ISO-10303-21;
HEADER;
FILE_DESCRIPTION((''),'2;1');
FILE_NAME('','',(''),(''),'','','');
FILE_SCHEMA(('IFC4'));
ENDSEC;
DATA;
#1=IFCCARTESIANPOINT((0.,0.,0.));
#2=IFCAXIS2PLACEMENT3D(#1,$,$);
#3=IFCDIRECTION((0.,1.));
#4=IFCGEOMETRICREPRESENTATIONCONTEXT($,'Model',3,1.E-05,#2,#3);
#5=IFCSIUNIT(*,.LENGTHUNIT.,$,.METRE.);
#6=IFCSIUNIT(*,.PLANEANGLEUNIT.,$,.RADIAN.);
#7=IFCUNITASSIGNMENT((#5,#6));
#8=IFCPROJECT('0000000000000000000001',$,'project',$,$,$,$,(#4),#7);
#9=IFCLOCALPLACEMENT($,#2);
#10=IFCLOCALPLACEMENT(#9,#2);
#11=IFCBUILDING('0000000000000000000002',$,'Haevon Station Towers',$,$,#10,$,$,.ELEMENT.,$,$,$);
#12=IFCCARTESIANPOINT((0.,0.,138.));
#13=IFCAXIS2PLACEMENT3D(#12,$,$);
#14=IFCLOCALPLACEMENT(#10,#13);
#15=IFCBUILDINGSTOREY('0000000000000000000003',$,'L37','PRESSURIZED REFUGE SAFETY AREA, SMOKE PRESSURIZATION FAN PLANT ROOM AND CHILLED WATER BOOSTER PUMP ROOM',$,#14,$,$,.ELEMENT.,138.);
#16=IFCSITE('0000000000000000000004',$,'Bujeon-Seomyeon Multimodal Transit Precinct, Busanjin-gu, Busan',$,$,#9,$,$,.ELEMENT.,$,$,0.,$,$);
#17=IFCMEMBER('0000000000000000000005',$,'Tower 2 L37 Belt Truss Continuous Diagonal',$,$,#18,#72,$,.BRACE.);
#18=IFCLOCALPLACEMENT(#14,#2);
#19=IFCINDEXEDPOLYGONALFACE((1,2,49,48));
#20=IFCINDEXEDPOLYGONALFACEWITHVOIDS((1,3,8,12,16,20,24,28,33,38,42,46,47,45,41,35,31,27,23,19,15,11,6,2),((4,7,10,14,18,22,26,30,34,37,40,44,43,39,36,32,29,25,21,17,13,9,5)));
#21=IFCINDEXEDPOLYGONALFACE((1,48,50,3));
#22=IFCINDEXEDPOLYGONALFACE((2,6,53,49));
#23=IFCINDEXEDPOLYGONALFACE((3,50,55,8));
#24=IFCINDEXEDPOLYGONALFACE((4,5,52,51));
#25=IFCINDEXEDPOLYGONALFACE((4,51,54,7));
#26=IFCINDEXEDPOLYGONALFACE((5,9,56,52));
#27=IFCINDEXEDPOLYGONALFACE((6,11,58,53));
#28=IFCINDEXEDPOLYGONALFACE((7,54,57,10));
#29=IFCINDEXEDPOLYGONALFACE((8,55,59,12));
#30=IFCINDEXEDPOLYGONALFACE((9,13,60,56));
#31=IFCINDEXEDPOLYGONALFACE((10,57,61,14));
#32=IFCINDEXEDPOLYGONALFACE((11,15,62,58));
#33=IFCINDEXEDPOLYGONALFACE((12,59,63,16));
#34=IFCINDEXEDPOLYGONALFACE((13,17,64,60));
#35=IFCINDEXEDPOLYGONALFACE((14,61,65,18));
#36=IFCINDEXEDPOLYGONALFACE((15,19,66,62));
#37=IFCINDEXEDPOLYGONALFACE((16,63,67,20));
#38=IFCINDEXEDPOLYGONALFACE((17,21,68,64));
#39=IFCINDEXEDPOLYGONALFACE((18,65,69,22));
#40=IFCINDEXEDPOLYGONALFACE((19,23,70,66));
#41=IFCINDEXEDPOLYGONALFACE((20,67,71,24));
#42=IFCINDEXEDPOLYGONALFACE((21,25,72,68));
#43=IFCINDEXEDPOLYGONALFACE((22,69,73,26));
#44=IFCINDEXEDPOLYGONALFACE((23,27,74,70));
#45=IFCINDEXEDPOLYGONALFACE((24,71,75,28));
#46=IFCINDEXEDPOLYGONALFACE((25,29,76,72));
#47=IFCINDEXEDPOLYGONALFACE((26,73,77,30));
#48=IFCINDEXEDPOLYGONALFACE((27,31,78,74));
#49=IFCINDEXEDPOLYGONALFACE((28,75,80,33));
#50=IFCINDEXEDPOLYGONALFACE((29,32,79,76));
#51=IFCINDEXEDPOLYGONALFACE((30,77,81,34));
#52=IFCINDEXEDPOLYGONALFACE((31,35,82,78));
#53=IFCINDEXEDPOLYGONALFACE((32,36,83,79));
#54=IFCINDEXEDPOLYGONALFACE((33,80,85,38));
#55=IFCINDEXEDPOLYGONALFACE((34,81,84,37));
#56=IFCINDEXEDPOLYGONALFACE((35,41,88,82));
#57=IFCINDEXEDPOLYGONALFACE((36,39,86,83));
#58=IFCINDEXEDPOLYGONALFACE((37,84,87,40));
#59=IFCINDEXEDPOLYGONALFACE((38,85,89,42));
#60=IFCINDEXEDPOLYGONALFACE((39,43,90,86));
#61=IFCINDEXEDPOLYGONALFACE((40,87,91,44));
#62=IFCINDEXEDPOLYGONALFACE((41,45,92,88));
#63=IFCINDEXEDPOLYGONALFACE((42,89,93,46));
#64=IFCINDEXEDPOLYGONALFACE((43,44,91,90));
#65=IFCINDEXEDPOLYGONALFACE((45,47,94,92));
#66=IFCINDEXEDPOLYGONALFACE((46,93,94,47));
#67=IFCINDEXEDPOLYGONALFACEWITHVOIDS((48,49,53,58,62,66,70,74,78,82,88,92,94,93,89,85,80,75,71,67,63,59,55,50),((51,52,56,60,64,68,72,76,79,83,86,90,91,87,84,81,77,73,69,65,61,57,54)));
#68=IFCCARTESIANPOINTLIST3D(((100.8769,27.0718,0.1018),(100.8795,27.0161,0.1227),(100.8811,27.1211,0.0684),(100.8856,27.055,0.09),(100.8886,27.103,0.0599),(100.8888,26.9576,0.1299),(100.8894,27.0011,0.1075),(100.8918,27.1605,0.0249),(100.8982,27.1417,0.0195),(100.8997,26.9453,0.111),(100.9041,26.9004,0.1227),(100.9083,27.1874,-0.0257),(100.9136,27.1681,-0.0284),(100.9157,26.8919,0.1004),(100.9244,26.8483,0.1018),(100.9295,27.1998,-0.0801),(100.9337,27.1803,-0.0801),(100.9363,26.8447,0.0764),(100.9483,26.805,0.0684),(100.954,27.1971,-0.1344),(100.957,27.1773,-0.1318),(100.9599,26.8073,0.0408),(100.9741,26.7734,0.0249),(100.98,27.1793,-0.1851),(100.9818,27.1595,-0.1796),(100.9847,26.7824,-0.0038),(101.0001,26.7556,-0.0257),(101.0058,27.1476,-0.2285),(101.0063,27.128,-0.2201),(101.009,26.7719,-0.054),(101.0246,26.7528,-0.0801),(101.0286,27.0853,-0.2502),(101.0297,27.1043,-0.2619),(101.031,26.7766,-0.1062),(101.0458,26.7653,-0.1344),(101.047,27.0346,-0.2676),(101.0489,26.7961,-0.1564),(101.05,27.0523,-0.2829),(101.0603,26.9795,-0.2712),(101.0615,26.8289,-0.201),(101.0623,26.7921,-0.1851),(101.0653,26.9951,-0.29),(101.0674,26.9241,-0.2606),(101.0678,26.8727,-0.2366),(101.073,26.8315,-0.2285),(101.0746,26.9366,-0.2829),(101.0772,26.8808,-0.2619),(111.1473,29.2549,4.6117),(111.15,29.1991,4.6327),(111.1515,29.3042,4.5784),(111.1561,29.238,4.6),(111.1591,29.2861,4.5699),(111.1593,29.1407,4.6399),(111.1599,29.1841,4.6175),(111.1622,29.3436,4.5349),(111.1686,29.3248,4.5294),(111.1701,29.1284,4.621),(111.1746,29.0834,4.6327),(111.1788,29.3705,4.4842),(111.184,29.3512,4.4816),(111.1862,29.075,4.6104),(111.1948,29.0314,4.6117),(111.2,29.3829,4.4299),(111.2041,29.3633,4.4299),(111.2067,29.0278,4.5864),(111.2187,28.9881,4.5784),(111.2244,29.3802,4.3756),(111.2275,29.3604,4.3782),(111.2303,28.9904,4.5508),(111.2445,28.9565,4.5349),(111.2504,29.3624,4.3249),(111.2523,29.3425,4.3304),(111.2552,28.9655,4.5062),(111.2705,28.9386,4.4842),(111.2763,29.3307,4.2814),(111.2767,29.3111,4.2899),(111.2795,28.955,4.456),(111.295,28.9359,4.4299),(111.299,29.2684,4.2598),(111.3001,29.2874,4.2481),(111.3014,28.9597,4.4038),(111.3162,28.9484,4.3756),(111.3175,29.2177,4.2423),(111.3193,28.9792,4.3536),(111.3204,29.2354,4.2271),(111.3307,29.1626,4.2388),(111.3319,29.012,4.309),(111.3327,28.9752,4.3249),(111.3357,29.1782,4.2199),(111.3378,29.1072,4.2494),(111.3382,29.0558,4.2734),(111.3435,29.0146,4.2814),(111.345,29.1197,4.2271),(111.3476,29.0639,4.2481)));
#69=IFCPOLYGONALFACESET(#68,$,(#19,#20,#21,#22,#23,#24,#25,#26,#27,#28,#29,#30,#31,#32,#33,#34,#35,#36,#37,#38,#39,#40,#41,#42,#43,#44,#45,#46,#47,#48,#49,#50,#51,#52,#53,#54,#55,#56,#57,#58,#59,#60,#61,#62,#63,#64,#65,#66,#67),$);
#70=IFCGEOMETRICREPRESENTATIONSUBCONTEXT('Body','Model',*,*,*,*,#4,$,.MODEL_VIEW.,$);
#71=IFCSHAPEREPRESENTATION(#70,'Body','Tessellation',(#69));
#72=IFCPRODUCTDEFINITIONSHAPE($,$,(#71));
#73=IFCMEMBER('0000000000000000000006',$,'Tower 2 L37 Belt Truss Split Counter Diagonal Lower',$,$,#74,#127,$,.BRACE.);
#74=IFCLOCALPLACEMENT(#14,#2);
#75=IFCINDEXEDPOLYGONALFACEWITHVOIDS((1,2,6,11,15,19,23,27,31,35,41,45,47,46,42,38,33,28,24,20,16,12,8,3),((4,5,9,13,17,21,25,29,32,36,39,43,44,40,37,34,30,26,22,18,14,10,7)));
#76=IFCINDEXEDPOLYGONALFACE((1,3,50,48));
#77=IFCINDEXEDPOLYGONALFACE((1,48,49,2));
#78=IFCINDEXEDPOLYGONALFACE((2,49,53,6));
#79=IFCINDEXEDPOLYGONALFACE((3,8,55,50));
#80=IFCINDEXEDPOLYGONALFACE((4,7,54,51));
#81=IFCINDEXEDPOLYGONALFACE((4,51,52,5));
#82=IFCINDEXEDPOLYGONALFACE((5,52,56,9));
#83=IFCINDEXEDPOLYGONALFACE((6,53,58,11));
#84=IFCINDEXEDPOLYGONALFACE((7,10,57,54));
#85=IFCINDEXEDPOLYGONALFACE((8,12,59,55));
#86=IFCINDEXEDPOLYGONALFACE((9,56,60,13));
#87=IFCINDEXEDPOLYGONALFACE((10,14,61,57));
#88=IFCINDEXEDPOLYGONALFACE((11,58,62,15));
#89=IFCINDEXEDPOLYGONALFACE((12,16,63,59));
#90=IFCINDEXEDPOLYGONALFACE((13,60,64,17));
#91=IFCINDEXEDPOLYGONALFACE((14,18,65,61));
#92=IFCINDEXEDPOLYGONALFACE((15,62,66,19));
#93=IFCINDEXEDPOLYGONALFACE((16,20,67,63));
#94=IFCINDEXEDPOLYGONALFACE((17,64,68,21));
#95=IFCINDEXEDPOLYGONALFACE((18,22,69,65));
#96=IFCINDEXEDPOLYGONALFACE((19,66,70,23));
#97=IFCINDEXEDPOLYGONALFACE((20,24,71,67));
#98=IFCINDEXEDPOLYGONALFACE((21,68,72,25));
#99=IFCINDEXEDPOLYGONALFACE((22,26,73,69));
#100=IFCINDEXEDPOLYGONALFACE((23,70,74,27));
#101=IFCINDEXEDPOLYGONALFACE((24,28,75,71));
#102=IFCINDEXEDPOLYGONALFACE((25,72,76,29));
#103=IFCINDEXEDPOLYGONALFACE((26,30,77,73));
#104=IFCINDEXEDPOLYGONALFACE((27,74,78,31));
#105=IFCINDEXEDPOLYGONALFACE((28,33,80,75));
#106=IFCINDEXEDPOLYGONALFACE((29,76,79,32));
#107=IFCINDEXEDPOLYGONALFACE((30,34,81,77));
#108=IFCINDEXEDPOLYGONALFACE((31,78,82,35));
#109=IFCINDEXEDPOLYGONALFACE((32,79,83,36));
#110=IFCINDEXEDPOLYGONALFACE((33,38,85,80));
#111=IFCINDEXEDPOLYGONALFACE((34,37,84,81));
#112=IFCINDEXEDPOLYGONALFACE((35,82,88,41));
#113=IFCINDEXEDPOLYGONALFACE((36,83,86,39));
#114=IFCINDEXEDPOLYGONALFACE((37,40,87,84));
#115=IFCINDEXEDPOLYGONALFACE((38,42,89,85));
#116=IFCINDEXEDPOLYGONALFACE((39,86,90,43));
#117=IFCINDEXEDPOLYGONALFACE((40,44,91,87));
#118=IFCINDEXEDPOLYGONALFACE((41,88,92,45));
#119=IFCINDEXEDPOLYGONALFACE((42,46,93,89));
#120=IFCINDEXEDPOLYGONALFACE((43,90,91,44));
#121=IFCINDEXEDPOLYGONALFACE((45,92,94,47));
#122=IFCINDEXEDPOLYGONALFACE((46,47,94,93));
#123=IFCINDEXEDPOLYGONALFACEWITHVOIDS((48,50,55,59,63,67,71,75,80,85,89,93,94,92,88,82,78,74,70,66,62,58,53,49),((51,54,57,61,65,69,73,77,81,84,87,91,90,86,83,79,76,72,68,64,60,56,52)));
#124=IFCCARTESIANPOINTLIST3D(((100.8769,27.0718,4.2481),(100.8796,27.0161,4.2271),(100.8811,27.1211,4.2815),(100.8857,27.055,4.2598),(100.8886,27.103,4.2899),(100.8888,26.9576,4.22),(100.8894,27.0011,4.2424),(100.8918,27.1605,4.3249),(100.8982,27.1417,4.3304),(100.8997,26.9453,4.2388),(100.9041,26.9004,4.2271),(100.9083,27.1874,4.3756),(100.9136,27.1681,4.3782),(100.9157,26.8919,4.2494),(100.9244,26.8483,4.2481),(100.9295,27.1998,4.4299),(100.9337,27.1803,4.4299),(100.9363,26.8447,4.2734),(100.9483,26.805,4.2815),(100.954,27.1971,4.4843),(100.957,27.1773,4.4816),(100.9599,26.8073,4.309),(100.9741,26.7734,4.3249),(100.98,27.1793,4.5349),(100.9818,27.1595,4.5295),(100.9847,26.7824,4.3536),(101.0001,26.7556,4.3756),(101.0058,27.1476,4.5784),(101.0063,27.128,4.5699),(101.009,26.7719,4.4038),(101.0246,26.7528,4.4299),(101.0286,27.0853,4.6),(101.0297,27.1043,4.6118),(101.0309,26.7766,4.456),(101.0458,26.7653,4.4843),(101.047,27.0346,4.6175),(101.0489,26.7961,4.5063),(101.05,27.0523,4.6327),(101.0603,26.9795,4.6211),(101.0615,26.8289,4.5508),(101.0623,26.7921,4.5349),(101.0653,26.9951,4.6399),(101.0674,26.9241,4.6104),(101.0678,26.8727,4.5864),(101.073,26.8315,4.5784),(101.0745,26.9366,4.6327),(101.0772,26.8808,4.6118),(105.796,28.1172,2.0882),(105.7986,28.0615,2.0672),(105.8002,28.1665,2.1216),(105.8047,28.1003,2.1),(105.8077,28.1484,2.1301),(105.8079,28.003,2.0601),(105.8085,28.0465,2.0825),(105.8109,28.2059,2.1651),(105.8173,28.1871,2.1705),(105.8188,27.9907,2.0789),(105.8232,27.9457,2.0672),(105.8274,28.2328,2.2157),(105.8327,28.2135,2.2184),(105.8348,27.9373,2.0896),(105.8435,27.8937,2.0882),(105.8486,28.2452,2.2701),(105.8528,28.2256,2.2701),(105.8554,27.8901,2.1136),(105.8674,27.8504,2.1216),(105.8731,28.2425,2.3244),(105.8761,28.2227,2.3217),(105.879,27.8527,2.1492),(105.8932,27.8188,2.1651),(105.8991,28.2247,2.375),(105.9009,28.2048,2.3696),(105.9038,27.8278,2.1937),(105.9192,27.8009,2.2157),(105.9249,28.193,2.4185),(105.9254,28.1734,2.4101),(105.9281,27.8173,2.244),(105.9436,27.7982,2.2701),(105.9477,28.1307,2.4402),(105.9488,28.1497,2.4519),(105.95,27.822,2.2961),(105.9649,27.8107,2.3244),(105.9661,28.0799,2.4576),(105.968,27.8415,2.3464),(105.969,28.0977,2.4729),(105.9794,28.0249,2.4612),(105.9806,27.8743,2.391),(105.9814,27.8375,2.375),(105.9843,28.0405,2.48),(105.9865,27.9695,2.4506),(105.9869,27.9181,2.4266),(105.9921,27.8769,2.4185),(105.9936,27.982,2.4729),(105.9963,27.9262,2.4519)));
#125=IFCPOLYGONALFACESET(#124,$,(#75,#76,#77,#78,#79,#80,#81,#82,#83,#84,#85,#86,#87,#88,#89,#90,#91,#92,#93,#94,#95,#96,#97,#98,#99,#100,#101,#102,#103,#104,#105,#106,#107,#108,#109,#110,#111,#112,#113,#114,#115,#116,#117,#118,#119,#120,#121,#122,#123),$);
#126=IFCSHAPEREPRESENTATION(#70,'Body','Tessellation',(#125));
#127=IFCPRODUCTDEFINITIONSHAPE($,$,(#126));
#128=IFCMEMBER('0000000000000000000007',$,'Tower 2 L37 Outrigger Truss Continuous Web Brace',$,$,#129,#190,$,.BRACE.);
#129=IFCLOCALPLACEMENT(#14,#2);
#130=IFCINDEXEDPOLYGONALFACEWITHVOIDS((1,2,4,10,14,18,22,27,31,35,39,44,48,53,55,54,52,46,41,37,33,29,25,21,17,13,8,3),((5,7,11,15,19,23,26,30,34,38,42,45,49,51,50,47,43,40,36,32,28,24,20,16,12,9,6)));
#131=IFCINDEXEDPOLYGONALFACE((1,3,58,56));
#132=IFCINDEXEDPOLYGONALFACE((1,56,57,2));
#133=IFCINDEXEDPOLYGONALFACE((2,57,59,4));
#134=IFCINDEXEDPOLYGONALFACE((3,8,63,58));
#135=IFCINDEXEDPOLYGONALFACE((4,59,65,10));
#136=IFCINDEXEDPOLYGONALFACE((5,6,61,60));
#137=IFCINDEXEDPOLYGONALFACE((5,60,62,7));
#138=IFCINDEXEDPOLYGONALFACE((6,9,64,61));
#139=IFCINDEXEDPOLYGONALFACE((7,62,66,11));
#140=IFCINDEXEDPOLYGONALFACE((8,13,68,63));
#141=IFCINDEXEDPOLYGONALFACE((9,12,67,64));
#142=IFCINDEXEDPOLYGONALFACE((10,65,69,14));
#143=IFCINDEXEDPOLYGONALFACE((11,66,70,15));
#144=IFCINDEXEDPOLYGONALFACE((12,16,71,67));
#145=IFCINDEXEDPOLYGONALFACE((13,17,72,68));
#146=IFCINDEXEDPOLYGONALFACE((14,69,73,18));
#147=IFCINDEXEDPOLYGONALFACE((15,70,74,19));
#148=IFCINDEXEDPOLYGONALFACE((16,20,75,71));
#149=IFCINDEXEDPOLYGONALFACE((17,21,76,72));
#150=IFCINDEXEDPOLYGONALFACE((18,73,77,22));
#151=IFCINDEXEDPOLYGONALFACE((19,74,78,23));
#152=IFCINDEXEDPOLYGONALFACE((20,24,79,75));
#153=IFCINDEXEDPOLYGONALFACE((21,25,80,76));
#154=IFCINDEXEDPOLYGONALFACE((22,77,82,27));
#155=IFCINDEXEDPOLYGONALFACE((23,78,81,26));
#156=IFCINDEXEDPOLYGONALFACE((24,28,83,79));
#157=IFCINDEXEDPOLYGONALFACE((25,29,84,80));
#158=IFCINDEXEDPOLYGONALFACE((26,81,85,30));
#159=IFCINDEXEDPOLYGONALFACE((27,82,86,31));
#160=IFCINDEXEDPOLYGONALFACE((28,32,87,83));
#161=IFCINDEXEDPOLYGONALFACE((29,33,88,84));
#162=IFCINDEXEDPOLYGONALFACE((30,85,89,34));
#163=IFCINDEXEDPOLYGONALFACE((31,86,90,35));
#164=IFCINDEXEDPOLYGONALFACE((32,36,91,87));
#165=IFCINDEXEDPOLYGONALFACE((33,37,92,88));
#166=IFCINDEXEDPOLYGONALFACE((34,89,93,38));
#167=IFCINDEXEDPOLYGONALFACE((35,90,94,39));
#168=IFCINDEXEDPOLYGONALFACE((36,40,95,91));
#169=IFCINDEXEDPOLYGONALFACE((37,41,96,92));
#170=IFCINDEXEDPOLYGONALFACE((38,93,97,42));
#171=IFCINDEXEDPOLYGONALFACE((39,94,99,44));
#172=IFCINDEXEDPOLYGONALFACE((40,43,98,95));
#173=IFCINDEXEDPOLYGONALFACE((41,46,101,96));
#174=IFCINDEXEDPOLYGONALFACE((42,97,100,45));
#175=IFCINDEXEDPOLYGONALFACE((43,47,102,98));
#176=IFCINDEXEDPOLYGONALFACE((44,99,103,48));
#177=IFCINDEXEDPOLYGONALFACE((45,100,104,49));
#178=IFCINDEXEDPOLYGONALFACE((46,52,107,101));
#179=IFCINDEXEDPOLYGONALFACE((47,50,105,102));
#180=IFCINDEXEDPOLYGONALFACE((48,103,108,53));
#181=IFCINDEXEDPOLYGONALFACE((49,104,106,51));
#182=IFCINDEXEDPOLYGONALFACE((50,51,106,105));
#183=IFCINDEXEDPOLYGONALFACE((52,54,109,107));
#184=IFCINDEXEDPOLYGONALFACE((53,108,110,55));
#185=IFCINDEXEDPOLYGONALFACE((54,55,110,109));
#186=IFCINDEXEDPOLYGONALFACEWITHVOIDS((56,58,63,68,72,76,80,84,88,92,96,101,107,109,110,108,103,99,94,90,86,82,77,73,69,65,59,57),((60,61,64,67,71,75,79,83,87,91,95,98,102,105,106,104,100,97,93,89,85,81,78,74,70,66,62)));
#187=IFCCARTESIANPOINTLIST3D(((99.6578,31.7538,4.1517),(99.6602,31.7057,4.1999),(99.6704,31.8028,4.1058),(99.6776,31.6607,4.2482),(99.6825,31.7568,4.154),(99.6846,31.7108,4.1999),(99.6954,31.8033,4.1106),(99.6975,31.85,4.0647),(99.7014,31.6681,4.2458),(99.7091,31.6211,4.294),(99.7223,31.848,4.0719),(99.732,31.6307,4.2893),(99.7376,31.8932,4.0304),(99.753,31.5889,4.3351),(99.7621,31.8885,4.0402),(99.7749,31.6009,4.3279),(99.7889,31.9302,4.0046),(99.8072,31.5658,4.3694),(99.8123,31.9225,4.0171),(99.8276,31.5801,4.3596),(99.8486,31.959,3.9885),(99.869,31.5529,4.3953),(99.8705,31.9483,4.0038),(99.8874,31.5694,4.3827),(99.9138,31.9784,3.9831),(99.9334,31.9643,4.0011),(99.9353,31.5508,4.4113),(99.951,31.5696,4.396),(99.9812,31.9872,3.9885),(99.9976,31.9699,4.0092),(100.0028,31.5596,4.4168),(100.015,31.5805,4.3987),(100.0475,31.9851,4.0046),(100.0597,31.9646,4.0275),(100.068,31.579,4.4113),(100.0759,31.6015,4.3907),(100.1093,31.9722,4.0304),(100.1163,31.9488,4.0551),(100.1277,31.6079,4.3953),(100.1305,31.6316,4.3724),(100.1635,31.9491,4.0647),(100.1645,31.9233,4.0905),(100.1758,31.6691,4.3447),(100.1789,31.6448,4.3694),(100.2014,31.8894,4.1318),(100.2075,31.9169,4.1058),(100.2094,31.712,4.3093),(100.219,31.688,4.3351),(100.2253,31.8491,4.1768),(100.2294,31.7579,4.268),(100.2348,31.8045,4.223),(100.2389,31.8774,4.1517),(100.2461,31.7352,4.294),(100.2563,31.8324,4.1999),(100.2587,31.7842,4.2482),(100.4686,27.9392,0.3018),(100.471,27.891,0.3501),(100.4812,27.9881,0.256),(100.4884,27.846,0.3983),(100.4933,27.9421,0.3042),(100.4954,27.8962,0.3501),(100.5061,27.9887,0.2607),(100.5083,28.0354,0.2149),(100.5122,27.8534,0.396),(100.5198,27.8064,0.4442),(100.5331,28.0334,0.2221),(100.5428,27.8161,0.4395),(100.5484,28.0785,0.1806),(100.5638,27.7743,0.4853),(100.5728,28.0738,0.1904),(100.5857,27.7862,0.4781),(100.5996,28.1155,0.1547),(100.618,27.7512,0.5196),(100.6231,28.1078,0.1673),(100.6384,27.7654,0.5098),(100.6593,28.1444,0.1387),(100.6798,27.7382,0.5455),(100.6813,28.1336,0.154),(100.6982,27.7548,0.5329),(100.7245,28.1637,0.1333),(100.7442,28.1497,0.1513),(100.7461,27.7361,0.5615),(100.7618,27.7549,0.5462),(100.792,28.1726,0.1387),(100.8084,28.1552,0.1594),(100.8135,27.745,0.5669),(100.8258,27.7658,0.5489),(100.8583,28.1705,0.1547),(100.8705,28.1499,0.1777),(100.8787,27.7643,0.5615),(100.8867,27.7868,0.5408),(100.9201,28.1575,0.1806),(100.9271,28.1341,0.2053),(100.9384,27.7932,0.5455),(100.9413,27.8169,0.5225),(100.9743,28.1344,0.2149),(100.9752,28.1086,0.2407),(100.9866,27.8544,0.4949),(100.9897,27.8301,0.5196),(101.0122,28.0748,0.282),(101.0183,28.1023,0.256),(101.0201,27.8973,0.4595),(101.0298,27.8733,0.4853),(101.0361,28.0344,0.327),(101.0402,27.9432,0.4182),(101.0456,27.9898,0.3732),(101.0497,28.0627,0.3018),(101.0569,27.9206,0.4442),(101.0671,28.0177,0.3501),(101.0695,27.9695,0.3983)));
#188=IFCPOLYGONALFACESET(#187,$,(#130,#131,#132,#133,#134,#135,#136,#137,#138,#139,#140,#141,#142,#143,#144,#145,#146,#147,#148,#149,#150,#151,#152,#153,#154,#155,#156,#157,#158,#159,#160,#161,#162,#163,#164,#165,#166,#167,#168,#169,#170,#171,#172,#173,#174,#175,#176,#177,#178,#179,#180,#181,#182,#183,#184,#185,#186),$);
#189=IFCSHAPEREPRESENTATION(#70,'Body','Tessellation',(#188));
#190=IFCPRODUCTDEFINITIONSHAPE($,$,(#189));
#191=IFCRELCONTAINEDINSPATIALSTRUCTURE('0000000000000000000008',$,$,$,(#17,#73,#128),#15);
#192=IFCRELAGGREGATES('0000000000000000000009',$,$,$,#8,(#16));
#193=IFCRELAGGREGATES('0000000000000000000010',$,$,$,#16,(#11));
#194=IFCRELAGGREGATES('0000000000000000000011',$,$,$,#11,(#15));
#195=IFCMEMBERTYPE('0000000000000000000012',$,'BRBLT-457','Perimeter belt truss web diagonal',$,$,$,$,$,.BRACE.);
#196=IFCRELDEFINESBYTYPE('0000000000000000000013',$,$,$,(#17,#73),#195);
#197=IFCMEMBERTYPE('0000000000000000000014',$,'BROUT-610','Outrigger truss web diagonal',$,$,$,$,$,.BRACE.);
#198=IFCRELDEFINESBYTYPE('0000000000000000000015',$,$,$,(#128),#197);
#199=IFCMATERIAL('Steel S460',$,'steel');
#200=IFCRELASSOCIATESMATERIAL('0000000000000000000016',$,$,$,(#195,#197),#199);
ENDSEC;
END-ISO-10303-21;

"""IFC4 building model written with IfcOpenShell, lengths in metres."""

from ifc_helpers import new_model, si_unit, direction, frame, origin, origin_2d, place, context, subcontext, project, spatial, hollow_circle, extrude, material, material_profile, profile_set, type_object, element, save


model = new_model("IFC4")

# Units and contexts
model_context = context("Model", 3, precision=1e-05, world=origin(), true_north=direction((0.0, 1.0)))
body_context = subcontext(model_context, "Body", "Model", "MODEL_VIEW")
ifc_project = project(units=[si_unit("LENGTHUNIT", "METRE"), si_unit("PLANEANGLEUNIT", "RADIAN")], contexts=[model_context])

# Site, building, storey
site_placement = place(None, origin())
site = spatial("IfcSite", under=ifc_project, at=site_placement, Name="Bujeon-Seomyeon Multimodal Transit Precinct, Busanjin-gu, Busan", CompositionType="ELEMENT", RefElevation=0.0)
building_placement = place(site_placement, origin())
building = spatial("IfcBuilding", under=site, at=building_placement, Name="Haevon Station Towers", CompositionType="ELEMENT")
storey_placement = place(building_placement, frame((0.0, 0.0, 138.0)))
storey = spatial("IfcBuildingStorey", under=building, at=storey_placement, Name="L37", Description="PRESSURIZED REFUGE SAFETY AREA, SMOKE PRESSURIZATION FAN PLANT ROOM AND CHILLED WATER BOOSTER PUMP ROOM", CompositionType="ELEMENT", Elevation=138.0)

# Shared definitions
ifc_material_1 = material(Name="Steel S460", Category="steel")

# Members
ifc_material_profile_1 = material_profile(ifc_material_1, hollow_circle(Radius=0.2285, WallThickness=0.02, at=origin_2d()), Name="CHS-457x20")
ifc_profile_set_1 = profile_set([ifc_material_profile_1], Name="Steel S460")
member_type_1 = type_object("IfcMemberType", Name="BRBLT-457", Description="Perimeter belt truss web diagonal", PredefinedType="BRACE", material=ifc_profile_set_1)
member_1_placement = place(storey_placement, frame((100.9771, 26.9763, -0.0801), z_axis=(0.898748, 0.191038, 0.39466), x_axis=(-0.207915, 0.978147, 0.0)))
element("IfcMember", 1, at=member_1_placement, inside=storey, type_object=member_type_1, Name="Tower 2 L37 Belt Truss Continuous Diagonal", PredefinedType="BRACE", context=body_context, shape_type="SweptSolid", body=[
    extrude(hollow_circle(Radius=0.2285, WallThickness=0.02, at=origin_2d()), origin(), (0.0, 0.0, 1.0), 11.4275),
])
member_2_placement = place(storey_placement, frame((100.9771, 26.9763, 4.4299), z_axis=(0.898768, 0.191003, -0.39463), x_axis=(-0.207874, 0.978156, 0.0)))
element("IfcMember", 2, at=member_2_placement, inside=storey, type_object=member_type_1, Name="Tower 2 L37 Belt Truss Split Counter Diagonal Lower", PredefinedType="BRACE", context=body_context, shape_type="SweptSolid", body=[
    extrude(hollow_circle(Radius=0.2285, WallThickness=0.02, at=origin_2d()), origin(), (0.0, 0.0, 1.0), 5.4731),
])
ifc_material_profile_2 = material_profile(ifc_material_1, hollow_circle(Radius=0.3047, WallThickness=0.0249, at=origin_2d()), Name="CHS-609.6x25")
ifc_profile_set_2 = profile_set([ifc_material_profile_2], Name="Steel S460")
member_type_2 = type_object("IfcMemberType", Name="BROUT-610", Description="Outrigger truss web diagonal", PredefinedType="BRACE", material=ifc_profile_set_2)
member_3_placement = place(storey_placement, frame((100.769, 27.9543, 0.3501), z_axis=(-0.147954, 0.69611, 0.702525), x_axis=(-0.97815, -0.2079, 0.0)))
element("IfcMember", 3, at=member_3_placement, inside=storey, type_object=member_type_2, Name="Tower 2 L37 Outrigger Truss Continuous Web Brace", PredefinedType="BRACE", context=body_context, shape_type="SweptSolid", body=[
    extrude(hollow_circle(Radius=0.3047, WallThickness=0.0249, at=origin_2d()), origin(), (0.0, 0.0, 1.0), 5.48),
])

save(model, "model.ifc")
